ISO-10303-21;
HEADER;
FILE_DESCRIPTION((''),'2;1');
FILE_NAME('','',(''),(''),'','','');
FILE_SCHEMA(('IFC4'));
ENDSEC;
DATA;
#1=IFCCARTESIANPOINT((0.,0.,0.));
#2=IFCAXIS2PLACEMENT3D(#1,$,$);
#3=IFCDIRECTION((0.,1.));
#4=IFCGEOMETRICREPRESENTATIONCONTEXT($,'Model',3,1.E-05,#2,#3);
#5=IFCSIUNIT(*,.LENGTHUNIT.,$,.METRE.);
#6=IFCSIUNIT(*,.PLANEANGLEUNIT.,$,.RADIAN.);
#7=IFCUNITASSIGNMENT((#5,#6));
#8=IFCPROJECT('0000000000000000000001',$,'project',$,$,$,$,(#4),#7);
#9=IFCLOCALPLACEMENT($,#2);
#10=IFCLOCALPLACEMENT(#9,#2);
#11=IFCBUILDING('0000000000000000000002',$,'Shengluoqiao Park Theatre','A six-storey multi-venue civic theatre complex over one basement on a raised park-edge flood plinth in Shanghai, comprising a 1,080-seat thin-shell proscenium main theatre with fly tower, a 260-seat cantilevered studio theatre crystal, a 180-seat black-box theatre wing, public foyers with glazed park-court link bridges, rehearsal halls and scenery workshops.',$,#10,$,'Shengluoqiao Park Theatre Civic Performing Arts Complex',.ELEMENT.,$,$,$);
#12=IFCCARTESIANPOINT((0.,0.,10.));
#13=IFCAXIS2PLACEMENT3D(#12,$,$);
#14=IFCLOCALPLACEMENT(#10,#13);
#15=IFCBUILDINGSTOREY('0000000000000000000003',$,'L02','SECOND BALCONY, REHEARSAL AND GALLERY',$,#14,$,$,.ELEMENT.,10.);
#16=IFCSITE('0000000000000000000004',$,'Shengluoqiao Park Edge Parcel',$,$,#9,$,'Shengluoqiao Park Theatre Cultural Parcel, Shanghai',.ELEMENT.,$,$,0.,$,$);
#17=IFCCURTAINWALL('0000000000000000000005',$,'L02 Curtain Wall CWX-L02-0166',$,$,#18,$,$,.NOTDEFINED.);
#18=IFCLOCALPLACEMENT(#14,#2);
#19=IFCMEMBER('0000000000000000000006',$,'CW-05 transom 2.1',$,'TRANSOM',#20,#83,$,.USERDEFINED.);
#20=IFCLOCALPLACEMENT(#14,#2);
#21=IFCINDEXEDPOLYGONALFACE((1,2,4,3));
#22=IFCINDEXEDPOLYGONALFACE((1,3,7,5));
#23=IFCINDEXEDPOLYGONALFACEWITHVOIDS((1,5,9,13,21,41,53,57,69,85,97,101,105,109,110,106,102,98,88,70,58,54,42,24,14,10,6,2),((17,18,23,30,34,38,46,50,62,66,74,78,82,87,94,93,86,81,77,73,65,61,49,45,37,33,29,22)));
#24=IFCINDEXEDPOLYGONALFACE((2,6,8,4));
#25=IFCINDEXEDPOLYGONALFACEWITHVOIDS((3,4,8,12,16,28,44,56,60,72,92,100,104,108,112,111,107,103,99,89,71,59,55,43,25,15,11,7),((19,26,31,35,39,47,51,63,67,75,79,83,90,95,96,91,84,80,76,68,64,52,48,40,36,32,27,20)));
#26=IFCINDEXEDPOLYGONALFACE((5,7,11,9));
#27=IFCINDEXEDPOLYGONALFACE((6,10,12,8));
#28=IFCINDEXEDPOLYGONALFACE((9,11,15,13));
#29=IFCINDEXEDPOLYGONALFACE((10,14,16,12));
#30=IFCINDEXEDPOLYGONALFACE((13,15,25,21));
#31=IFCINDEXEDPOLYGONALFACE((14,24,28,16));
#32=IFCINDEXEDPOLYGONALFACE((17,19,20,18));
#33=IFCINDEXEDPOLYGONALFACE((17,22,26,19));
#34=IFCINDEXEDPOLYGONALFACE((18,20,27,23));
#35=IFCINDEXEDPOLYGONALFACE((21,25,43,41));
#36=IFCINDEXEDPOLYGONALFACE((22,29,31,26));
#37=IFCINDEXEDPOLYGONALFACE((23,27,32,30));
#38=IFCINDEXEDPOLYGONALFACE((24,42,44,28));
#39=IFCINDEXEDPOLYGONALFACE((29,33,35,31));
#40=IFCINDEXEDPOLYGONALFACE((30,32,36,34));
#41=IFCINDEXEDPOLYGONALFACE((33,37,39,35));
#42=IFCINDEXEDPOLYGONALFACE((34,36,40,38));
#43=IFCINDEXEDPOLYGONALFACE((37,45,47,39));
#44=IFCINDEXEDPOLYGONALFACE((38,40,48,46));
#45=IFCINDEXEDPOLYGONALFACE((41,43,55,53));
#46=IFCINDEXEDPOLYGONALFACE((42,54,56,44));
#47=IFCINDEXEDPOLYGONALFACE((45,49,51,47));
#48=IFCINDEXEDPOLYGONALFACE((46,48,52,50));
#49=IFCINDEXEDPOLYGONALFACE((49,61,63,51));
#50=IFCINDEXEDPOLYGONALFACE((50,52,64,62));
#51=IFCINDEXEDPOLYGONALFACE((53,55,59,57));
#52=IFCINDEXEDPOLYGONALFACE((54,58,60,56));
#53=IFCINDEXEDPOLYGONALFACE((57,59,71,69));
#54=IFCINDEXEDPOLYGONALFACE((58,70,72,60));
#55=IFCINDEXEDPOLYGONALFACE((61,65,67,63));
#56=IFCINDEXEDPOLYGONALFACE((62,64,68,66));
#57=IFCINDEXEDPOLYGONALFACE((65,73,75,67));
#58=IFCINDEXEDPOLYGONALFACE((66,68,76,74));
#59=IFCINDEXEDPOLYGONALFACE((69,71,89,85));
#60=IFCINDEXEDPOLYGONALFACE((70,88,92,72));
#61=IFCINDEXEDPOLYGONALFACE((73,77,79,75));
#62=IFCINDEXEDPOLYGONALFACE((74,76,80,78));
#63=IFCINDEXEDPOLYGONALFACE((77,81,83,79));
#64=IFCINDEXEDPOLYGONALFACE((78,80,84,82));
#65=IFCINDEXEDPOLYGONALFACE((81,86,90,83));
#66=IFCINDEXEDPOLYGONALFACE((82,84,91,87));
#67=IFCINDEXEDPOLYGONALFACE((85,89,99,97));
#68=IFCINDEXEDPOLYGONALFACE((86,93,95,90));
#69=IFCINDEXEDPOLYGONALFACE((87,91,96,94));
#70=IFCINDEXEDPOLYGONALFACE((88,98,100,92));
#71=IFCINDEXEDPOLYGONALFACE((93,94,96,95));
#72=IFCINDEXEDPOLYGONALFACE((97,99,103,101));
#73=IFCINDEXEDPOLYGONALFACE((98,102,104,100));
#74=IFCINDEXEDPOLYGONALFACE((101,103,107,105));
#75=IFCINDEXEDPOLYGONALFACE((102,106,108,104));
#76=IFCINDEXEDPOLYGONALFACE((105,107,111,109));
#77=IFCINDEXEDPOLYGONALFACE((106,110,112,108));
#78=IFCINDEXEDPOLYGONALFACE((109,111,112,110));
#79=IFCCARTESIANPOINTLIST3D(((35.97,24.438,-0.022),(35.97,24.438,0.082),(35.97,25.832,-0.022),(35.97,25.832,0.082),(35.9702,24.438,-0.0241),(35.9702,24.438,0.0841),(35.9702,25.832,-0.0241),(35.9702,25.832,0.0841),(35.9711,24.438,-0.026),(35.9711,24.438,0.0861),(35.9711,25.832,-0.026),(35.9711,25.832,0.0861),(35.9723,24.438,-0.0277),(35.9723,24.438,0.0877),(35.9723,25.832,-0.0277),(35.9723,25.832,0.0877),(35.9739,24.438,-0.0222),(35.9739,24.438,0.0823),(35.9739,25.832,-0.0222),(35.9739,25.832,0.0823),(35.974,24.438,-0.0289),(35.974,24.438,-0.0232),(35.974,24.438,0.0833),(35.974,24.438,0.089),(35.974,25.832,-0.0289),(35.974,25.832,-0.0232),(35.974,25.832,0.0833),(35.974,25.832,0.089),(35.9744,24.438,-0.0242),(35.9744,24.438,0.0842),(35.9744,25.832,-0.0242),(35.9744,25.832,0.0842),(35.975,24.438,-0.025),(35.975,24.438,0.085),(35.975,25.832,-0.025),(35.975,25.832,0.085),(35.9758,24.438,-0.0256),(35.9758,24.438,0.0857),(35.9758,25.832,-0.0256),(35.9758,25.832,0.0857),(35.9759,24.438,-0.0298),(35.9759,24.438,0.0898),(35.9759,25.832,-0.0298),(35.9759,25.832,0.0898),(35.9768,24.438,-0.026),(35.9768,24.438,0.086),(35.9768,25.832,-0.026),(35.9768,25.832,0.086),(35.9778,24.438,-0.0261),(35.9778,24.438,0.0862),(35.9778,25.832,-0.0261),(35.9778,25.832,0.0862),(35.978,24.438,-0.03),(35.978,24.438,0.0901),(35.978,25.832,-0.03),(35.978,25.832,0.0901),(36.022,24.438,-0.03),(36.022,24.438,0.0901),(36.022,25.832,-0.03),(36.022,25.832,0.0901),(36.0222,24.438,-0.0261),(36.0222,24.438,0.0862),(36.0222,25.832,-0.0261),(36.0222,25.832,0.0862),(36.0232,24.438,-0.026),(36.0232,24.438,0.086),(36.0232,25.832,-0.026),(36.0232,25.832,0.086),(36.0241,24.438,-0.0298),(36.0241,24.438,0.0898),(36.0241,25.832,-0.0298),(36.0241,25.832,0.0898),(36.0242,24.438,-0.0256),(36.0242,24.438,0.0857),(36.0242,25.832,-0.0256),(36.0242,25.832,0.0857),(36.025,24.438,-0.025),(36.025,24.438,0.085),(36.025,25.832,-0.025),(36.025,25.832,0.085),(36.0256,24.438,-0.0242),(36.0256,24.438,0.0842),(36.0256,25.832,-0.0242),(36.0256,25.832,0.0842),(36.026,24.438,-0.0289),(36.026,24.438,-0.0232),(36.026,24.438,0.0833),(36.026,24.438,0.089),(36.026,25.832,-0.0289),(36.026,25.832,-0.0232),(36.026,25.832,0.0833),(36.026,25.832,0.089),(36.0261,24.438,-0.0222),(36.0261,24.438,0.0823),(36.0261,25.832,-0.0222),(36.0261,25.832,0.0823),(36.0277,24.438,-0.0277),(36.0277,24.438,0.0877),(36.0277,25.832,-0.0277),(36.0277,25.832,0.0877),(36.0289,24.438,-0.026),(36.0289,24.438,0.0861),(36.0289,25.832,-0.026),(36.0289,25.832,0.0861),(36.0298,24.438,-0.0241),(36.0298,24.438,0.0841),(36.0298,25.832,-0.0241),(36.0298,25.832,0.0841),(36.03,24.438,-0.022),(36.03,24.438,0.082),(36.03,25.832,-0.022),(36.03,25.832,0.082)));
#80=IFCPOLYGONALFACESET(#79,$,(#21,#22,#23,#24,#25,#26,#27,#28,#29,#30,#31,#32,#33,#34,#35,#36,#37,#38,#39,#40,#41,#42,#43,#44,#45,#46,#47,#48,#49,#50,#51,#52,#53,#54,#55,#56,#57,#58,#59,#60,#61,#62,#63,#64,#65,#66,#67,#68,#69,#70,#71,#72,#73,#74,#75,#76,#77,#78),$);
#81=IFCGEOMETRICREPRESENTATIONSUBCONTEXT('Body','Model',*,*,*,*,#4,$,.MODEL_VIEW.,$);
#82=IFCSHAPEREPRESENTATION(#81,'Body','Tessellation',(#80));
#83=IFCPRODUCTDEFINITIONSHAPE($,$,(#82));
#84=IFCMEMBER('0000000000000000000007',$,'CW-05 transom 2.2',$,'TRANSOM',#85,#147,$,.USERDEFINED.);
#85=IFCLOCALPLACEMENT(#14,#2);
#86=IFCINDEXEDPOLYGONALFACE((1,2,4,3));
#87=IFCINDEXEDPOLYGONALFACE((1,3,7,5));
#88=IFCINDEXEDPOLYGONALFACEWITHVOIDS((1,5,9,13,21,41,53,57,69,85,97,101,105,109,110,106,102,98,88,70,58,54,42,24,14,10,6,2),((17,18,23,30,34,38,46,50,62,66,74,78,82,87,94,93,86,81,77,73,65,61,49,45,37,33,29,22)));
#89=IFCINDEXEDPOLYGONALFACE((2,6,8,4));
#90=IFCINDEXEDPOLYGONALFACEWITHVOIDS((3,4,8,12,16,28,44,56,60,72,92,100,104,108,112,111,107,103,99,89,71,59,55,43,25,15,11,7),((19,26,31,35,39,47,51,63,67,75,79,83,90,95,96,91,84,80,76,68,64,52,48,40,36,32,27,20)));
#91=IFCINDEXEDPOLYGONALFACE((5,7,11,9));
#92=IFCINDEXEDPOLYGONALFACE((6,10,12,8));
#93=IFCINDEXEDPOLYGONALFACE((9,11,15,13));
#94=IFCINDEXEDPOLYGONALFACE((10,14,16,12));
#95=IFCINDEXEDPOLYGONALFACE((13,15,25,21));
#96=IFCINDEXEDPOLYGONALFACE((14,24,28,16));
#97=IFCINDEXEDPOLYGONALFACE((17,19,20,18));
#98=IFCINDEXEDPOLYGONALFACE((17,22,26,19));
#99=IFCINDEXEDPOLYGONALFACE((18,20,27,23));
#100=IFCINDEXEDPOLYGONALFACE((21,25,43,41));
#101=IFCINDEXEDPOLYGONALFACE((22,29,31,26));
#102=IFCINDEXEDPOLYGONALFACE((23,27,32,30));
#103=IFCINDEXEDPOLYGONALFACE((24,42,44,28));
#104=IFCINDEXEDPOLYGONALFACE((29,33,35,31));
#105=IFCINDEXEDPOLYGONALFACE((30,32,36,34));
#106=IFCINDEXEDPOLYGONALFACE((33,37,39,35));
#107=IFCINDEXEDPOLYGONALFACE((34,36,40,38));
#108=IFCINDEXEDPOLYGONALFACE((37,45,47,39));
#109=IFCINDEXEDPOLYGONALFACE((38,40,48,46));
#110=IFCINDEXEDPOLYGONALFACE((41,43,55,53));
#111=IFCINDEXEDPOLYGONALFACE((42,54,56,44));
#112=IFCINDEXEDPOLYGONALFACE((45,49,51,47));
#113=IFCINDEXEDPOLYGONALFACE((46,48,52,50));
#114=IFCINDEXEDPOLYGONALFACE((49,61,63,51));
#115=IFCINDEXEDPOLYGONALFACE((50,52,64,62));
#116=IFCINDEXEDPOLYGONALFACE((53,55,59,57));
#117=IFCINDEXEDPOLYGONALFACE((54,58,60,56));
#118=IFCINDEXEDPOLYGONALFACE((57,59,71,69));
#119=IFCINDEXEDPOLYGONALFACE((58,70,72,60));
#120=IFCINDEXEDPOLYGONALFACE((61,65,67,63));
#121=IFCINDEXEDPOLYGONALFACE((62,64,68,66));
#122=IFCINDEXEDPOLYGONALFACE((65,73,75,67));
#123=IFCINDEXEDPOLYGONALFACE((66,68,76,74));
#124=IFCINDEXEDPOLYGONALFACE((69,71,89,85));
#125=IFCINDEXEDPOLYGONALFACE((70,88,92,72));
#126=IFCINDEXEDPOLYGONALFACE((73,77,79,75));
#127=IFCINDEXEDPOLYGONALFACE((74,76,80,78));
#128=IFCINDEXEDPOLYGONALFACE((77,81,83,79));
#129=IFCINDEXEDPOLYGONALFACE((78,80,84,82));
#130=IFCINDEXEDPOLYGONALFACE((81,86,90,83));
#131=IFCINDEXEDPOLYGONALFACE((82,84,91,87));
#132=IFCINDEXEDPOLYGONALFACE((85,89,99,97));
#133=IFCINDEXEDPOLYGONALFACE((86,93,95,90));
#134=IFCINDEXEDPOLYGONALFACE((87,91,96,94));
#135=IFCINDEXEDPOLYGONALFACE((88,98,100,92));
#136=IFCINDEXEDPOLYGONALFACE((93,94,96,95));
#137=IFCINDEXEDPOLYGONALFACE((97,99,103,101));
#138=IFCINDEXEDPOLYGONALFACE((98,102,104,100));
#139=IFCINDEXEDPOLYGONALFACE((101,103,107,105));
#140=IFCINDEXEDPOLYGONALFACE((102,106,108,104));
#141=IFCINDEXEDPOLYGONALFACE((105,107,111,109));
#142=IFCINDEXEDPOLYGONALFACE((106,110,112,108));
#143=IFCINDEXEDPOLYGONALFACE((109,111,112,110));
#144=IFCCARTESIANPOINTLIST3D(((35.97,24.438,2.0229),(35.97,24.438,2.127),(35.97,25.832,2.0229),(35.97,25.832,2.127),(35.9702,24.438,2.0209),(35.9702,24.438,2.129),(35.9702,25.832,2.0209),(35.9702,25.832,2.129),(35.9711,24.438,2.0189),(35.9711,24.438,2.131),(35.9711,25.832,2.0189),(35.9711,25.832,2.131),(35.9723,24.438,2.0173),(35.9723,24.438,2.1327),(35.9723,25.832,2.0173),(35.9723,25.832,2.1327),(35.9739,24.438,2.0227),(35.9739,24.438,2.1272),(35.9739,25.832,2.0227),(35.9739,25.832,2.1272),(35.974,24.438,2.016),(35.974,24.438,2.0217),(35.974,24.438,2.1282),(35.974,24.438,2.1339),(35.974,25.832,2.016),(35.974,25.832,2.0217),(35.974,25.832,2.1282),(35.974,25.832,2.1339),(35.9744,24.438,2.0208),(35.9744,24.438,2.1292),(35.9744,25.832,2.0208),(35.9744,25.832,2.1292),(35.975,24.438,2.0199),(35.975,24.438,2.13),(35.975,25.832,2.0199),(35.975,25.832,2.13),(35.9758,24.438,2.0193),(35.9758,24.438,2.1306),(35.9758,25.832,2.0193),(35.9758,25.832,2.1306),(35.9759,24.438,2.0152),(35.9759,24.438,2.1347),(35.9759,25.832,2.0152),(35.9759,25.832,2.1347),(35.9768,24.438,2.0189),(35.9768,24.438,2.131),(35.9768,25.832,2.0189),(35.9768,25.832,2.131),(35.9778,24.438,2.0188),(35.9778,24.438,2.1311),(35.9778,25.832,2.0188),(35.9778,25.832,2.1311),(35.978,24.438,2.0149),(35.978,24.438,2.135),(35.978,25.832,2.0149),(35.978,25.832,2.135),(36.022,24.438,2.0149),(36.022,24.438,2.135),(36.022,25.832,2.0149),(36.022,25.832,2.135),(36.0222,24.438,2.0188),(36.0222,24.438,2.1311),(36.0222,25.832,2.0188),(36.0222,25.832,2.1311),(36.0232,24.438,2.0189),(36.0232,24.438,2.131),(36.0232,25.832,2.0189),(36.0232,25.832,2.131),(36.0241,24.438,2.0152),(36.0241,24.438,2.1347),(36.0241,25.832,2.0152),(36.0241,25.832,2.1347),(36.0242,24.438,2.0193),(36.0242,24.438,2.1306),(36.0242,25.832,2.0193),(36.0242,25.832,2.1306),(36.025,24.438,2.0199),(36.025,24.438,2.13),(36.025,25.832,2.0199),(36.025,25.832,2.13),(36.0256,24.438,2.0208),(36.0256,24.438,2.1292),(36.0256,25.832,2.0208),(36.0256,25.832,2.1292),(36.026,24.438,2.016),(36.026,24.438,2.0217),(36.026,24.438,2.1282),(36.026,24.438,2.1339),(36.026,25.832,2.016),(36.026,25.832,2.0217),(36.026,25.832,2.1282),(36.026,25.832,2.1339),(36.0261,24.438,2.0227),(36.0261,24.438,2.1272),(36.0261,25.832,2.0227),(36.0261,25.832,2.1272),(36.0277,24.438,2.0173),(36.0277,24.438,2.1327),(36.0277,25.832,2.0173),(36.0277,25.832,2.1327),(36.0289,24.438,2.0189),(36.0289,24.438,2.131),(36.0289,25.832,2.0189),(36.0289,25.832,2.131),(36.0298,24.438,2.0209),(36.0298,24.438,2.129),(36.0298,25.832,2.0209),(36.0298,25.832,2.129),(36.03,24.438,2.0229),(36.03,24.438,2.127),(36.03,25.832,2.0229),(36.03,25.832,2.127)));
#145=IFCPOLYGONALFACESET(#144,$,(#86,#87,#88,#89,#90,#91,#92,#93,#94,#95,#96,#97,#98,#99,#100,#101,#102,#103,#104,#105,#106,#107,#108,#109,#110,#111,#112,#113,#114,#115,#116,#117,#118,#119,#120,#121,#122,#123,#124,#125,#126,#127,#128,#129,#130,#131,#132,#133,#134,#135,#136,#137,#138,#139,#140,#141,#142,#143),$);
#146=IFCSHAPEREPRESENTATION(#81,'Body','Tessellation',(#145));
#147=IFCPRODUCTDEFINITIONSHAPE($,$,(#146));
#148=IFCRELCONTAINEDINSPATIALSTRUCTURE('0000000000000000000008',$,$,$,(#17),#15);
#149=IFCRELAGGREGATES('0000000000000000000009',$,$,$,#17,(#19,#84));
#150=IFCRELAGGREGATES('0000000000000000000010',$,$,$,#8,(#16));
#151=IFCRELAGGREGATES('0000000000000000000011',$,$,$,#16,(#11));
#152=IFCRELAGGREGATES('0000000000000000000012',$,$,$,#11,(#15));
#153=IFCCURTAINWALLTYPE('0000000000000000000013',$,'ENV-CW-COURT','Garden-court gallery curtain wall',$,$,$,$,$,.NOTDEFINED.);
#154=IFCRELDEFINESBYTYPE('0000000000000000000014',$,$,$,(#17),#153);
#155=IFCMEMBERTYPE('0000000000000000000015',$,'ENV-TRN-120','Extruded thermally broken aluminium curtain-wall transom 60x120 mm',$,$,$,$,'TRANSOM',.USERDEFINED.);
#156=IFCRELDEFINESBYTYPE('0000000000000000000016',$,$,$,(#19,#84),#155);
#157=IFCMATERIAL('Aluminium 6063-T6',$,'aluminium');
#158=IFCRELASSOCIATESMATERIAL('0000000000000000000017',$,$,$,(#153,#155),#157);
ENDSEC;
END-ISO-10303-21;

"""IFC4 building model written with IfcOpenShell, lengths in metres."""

from ifc_helpers import new_model, si_unit, direction, frame, origin, origin_2d, place, context, subcontext, project, spatial, hollow_rectangle, extrude, material, material_profile, profile_set, type_object, element, aggregate, save


model = new_model("IFC4")

# Units and contexts
model_context = context("Model", 3, precision=1e-05, world=origin(), true_north=direction((0.0, 1.0)))
body_context = subcontext(model_context, "Body", "Model", "MODEL_VIEW")
ifc_project = project(units=[si_unit("LENGTHUNIT", "METRE"), si_unit("PLANEANGLEUNIT", "RADIAN")], contexts=[model_context])

# Site, building, storey
site_placement = place(None, origin())
site = spatial("IfcSite", under=ifc_project, at=site_placement, Name="Shengluoqiao Park Edge Parcel", LongName="Shengluoqiao Park Theatre Cultural Parcel, Shanghai", CompositionType="ELEMENT", RefElevation=0.0)
building_placement = place(site_placement, origin())
building = spatial("IfcBuilding", under=site, at=building_placement, Name="Shengluoqiao Park Theatre", Description="A six-storey multi-venue civic theatre complex over one basement on a raised park-edge flood plinth in Shanghai, comprising a 1,080-seat thin-shell proscenium main theatre with fly tower, a 260-seat cantilevered studio theatre crystal, a 180-seat black-box theatre wing, public foyers with glazed park-court link bridges, rehearsal halls and scenery workshops.", LongName="Shengluoqiao Park Theatre Civic Performing Arts Complex", CompositionType="ELEMENT")
storey_placement = place(building_placement, frame((0.0, 0.0, 10.0)))
storey = spatial("IfcBuildingStorey", under=building, at=storey_placement, Name="L02", Description="SECOND BALCONY, REHEARSAL AND GALLERY", CompositionType="ELEMENT", Elevation=10.0)

# Shared definitions
ifc_material_1 = material(Name="Aluminium 6063-T6", Category="aluminium")

# Curtain wall
curtain_wall_type_1 = type_object("IfcCurtainWallType", Name="ENV-CW-COURT", Description="Garden-court gallery curtain wall", PredefinedType="NOTDEFINED", material=ifc_material_1)
curtain_wall_1_placement = place(storey_placement, origin())
curtain_wall_1 = element("IfcCurtainWall", 1, at=curtain_wall_1_placement, inside=storey, type_object=curtain_wall_type_1, Name="L02 Curtain Wall CWX-L02-0166", PredefinedType="NOTDEFINED")

# Members
ifc_material_profile_1 = material_profile(ifc_material_1, hollow_rectangle(XDim=0.0601, YDim=0.1201, WallThickness=0.0039, InnerFilletRadius=0.0039, OuterFilletRadius=0.0081, at=origin_2d()), Name="ALU TRANSOM 120x60x4")
ifc_profile_set_1 = profile_set([ifc_material_profile_1], Name="Aluminium 6063-T6")
member_type_1 = type_object("IfcMemberType", Name="ENV-TRN-120", Description="Extruded thermally broken aluminium curtain-wall transom 60x120 mm", ElementType="TRANSOM", PredefinedType="USERDEFINED", material=ifc_profile_set_1)
member_1_placement = place(storey_placement, frame((36.0, 24.438, 0.03), z_axis=(0.0, 1.0, 0.0), x_axis=(-1.0, 0.0, 0.0)))
member_1 = element("IfcMember", 2, at=member_1_placement, type_object=member_type_1, Name="CW-05 transom 2.1", ObjectType="TRANSOM", PredefinedType="USERDEFINED", context=body_context, shape_type="SweptSolid", body=[
    extrude(hollow_rectangle(XDim=0.0601, YDim=0.1201, WallThickness=0.0039, InnerFilletRadius=0.0039, OuterFilletRadius=0.0081, at=origin_2d()), origin(), (0.0, 0.0, 1.0), 1.394),
])
member_2_placement = place(storey_placement, frame((36.0, 24.438, 2.075), z_axis=(0.0, 1.0, 0.0), x_axis=(-1.0, 0.0, 0.0)))
member_2 = element("IfcMember", 3, at=member_2_placement, type_object=member_type_1, Name="CW-05 transom 2.2", ObjectType="TRANSOM", PredefinedType="USERDEFINED", context=body_context, shape_type="SweptSolid", body=[
    extrude(hollow_rectangle(XDim=0.0601, YDim=0.1201, WallThickness=0.0039, InnerFilletRadius=0.0039, OuterFilletRadius=0.0081, at=origin_2d()), origin(), (0.0, 0.0, 1.0), 1.394),
])

aggregate(curtain_wall_1, [member_1, member_2])

save(model, "model.ifc")
